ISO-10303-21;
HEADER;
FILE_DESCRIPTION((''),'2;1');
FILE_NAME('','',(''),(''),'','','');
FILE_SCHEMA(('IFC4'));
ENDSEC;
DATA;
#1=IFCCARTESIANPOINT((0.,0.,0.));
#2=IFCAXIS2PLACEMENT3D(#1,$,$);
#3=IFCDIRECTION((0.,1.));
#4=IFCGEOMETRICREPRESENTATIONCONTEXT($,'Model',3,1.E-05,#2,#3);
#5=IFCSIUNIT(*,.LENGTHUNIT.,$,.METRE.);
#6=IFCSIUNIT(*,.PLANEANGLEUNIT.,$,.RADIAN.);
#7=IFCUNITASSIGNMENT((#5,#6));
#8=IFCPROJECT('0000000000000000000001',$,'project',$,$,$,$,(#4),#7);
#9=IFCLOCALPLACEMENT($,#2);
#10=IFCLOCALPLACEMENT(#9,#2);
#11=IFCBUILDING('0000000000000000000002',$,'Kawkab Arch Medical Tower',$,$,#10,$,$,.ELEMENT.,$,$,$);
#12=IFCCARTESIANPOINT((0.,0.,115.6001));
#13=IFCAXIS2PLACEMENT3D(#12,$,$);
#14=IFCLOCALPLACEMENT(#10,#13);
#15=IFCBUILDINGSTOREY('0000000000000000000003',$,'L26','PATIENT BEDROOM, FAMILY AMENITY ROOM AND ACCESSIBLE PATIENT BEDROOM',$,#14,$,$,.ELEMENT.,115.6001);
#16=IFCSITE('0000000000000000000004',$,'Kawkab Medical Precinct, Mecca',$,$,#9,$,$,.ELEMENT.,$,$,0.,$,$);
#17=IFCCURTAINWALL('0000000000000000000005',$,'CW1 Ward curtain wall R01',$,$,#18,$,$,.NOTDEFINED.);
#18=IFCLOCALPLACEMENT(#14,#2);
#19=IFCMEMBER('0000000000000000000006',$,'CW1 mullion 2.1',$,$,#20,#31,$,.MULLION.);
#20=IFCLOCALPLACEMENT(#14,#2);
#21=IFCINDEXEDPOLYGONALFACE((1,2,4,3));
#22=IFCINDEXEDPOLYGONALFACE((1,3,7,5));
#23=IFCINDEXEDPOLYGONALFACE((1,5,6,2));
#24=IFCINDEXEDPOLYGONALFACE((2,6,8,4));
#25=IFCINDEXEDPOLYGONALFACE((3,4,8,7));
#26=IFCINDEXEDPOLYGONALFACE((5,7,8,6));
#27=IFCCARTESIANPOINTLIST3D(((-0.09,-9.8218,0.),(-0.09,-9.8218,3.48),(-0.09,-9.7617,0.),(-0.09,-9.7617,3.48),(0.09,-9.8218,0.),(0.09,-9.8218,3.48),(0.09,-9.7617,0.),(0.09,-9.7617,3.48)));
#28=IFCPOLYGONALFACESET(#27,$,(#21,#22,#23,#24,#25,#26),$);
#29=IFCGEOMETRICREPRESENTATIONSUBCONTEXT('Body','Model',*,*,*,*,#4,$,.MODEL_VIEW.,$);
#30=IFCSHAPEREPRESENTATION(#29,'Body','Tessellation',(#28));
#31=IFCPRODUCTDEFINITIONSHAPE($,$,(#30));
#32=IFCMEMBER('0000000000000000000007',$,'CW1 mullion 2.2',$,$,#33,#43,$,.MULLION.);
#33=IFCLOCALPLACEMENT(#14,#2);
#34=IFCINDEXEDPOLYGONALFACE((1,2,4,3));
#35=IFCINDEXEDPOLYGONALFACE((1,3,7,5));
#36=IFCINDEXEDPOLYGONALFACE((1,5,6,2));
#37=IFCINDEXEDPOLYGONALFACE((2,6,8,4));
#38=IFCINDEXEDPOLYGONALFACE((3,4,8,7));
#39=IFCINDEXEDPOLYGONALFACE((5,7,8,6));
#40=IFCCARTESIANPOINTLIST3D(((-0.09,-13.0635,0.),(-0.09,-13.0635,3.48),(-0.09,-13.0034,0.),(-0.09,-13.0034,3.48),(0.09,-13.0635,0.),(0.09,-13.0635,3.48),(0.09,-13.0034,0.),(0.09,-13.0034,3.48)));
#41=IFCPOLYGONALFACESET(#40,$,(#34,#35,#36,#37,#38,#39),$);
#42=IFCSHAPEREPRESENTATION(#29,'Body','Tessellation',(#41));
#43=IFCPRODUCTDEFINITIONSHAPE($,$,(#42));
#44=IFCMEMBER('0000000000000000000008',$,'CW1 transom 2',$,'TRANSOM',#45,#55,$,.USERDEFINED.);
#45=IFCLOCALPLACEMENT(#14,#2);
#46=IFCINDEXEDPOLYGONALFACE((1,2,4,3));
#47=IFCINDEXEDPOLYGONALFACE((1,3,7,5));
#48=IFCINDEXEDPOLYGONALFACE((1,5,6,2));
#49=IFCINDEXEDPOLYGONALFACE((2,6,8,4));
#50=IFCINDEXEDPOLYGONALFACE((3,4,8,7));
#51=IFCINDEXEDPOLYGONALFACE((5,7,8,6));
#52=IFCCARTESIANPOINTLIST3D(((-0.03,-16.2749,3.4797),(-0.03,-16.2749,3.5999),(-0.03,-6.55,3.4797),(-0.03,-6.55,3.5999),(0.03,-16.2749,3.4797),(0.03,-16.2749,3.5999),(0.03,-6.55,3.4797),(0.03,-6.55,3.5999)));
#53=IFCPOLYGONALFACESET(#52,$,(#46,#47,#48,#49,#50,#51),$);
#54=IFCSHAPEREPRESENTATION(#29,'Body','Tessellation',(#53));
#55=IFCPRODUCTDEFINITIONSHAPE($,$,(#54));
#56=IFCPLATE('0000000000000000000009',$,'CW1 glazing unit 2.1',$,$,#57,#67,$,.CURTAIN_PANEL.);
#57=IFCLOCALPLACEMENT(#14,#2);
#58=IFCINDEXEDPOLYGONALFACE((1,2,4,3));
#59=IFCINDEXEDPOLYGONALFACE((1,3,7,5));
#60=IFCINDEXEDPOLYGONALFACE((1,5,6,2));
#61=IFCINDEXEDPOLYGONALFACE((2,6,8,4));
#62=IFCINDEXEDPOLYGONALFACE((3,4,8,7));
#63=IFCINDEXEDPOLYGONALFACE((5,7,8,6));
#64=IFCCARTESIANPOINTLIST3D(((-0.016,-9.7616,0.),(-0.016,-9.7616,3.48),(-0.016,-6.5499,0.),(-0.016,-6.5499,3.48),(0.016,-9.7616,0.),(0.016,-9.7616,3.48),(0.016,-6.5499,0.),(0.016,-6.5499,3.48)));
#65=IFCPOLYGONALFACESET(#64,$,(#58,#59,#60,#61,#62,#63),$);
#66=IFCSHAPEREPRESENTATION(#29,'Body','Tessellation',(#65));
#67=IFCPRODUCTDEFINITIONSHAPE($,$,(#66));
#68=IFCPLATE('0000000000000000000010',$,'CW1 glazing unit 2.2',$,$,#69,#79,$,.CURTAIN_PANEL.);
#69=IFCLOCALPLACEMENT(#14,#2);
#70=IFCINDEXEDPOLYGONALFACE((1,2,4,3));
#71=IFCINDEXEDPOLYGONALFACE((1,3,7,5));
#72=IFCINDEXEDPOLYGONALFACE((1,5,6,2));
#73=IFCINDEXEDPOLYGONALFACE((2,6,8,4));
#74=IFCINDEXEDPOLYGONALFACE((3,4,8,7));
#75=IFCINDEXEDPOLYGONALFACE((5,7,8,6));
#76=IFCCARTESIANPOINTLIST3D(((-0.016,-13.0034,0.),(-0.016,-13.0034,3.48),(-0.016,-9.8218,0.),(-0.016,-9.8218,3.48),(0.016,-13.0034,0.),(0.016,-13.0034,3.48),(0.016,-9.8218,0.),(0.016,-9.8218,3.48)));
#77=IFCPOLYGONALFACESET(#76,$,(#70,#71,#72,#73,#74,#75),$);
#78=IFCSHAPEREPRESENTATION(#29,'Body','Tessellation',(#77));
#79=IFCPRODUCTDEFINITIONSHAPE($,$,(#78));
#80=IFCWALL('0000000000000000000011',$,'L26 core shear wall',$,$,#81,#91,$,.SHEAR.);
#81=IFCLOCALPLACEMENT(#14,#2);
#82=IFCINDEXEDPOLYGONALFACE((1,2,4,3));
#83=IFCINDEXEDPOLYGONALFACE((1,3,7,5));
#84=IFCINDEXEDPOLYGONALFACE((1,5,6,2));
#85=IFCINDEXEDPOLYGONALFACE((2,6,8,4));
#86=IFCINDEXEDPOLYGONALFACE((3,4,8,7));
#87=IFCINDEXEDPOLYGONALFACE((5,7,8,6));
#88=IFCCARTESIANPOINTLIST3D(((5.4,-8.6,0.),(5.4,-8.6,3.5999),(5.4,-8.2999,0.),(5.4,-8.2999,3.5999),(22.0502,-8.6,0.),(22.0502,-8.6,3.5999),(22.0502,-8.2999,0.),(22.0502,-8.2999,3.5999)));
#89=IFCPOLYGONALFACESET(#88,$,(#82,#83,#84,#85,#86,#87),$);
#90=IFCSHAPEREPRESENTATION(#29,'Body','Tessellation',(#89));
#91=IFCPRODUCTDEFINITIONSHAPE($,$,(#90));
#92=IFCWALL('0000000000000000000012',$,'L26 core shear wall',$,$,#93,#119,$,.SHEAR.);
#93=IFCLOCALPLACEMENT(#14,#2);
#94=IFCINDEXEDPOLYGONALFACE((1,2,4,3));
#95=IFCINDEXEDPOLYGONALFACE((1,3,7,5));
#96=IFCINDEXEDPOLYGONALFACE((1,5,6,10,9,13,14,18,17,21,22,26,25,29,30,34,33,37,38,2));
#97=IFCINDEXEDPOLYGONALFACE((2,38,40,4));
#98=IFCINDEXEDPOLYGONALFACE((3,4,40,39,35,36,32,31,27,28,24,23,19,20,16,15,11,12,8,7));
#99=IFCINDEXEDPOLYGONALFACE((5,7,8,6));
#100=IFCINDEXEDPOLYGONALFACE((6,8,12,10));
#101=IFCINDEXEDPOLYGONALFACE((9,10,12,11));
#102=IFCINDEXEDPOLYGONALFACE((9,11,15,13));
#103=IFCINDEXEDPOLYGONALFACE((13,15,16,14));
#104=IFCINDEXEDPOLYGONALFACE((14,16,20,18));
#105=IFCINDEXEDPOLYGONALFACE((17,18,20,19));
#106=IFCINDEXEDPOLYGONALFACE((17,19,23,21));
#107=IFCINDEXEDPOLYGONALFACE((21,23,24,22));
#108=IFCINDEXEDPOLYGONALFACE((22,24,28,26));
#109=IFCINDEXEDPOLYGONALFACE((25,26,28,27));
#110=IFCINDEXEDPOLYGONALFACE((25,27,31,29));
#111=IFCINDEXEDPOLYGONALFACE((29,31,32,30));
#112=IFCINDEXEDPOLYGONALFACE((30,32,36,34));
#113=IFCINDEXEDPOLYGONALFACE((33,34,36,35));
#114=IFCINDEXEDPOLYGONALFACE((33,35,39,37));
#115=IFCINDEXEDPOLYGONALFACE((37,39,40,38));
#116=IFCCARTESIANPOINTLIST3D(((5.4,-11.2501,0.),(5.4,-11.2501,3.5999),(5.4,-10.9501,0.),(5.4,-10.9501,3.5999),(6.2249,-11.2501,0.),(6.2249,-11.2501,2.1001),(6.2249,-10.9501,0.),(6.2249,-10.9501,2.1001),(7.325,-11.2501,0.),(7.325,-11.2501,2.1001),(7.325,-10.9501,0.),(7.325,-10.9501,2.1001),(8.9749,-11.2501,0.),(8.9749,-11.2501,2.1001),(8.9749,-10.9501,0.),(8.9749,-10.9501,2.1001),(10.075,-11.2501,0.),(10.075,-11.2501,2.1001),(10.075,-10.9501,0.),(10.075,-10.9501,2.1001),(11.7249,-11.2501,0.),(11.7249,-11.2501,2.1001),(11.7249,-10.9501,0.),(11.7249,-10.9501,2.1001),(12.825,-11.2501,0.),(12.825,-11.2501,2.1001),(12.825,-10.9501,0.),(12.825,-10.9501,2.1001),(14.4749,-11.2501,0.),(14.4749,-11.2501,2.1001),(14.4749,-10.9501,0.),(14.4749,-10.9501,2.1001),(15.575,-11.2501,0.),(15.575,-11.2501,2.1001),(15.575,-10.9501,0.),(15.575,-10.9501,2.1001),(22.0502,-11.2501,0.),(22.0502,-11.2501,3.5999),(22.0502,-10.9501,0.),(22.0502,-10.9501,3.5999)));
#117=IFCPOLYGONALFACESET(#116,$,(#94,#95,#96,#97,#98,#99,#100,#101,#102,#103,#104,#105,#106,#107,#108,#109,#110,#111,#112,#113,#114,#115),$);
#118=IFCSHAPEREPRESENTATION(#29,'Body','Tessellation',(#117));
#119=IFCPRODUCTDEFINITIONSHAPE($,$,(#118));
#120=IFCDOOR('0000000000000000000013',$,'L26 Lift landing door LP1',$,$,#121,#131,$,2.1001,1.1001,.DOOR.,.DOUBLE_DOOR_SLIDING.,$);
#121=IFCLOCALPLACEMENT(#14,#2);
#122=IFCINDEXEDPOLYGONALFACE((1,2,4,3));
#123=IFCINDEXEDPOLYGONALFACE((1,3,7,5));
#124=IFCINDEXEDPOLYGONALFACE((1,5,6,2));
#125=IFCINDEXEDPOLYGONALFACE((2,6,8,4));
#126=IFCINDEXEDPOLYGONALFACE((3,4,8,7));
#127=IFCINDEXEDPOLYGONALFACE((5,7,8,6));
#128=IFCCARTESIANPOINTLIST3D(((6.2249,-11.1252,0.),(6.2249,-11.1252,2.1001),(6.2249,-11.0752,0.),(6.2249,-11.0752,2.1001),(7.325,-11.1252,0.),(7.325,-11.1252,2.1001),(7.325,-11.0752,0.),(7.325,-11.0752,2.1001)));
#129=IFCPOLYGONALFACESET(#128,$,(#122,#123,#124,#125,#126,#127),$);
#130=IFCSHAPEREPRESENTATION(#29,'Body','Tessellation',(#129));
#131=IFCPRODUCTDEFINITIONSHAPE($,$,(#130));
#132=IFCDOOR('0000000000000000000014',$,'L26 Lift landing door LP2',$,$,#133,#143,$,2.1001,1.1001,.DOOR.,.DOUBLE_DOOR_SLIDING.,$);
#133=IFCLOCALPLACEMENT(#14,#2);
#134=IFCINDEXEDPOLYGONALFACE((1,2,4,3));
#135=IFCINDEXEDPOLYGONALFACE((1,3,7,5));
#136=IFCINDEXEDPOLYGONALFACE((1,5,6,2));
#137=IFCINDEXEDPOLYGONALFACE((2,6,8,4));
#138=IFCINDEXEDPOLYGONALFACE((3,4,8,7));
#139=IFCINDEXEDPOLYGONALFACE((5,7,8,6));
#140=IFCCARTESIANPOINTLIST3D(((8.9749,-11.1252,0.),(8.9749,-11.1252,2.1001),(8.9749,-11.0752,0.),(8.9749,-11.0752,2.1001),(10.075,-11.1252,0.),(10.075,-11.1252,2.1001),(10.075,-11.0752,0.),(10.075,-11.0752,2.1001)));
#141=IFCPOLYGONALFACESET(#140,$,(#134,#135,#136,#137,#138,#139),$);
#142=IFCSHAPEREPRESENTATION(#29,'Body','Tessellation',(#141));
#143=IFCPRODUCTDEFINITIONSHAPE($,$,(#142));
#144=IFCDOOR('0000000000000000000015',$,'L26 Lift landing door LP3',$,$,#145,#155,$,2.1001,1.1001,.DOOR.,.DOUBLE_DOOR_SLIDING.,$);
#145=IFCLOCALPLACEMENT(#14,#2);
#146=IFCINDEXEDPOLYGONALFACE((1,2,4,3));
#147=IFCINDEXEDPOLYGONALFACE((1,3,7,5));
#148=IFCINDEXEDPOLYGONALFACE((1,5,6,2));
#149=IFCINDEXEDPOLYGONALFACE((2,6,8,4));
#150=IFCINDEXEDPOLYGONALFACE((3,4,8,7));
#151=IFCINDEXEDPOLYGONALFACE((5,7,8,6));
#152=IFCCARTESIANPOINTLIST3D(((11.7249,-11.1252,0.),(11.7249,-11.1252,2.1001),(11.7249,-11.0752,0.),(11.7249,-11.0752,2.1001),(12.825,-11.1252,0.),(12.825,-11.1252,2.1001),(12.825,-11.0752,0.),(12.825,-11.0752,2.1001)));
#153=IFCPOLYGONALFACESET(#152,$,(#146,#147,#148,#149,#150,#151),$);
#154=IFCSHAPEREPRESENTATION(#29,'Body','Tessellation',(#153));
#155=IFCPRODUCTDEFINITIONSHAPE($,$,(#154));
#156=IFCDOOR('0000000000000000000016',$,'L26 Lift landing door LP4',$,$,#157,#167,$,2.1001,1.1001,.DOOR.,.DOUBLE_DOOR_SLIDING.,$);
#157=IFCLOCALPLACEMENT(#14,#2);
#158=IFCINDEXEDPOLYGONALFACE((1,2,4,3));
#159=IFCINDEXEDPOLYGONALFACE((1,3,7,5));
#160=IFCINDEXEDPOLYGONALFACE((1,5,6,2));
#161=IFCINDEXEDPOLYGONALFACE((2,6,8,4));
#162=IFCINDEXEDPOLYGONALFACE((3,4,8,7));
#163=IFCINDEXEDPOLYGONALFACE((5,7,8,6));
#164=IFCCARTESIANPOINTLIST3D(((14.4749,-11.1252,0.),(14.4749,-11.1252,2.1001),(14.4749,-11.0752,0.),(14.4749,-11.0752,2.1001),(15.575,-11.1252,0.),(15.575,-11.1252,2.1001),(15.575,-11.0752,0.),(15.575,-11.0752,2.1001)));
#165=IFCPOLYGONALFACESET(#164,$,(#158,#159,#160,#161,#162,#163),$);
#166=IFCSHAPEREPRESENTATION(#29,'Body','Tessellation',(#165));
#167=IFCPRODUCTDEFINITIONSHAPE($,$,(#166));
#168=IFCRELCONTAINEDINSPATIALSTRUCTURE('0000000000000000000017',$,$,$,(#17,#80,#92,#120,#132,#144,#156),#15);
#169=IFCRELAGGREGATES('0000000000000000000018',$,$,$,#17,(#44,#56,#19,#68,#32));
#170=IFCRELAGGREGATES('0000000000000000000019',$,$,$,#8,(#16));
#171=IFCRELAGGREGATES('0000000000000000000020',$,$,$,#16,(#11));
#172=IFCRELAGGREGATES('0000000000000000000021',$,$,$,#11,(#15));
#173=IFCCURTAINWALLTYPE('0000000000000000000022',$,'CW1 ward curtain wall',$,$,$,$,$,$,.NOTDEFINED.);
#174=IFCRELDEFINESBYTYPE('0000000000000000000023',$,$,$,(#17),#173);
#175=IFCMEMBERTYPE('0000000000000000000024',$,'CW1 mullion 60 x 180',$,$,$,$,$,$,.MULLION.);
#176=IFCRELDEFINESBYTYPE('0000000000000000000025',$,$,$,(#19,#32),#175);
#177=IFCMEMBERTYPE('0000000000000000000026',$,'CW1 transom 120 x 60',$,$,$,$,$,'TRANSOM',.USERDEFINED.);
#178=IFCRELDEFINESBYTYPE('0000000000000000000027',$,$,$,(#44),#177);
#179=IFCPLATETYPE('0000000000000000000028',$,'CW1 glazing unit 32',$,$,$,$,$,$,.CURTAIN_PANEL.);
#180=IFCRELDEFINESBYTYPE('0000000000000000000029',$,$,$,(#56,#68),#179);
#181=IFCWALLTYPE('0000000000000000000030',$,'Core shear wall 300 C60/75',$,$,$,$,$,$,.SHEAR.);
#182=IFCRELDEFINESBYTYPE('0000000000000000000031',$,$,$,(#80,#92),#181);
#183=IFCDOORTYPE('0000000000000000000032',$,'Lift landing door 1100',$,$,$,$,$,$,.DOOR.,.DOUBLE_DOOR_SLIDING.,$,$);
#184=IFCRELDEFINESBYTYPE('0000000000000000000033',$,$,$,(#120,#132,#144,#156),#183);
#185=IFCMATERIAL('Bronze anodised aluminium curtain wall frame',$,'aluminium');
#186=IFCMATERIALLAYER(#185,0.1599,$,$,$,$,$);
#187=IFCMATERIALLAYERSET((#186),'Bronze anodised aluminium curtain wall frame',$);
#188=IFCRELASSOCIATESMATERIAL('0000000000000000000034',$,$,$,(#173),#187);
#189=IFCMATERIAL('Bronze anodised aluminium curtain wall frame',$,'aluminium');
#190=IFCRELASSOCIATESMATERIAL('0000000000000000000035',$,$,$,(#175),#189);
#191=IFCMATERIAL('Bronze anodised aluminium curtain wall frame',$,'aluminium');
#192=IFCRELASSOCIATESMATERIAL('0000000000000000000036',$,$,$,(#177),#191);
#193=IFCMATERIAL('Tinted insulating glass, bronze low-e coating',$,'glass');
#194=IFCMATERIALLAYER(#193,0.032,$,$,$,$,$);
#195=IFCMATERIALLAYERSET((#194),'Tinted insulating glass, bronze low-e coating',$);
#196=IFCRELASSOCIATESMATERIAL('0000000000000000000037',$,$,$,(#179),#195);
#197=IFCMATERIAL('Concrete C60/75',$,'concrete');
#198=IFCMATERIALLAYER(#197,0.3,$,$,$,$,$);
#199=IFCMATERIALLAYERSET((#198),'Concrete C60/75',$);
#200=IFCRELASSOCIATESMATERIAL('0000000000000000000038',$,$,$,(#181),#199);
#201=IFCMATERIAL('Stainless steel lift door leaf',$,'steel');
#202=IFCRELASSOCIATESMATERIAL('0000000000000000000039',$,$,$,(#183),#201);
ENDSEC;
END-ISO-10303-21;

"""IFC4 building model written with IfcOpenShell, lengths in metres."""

from ifc_helpers import new_model, si_unit, direction, frame, frame_2d, origin, origin_2d, place, context, subcontext, project, spatial, rectangle, extrude, material, layer, layer_set, material_profile, profile_set, type_object, element, fill, aggregate, save


model = new_model("IFC4")

# Units and contexts
model_context = context("Model", 3, precision=1e-05, world=origin(), true_north=direction((0.0, 1.0)))
body_context = subcontext(model_context, "Body", "Model", "MODEL_VIEW")
ifc_project = project(units=[si_unit("LENGTHUNIT", "METRE"), si_unit("PLANEANGLEUNIT", "RADIAN")], contexts=[model_context])

# Site, building, storey
site_placement = place(None, origin())
site = spatial("IfcSite", under=ifc_project, at=site_placement, Name="Kawkab Medical Precinct, Mecca", CompositionType="ELEMENT", RefElevation=0.0)
building_placement = place(site_placement, origin())
building = spatial("IfcBuilding", under=site, at=building_placement, Name="Kawkab Arch Medical Tower", CompositionType="ELEMENT")
storey_placement = place(building_placement, frame((0.0, 0.0, 115.6001)))
storey = spatial("IfcBuildingStorey", under=building, at=storey_placement, Name="L26", Description="PATIENT BEDROOM, FAMILY AMENITY ROOM AND ACCESSIBLE PATIENT BEDROOM", CompositionType="ELEMENT", Elevation=115.6001)

# Curtain wall, members, plates
ifc_material_1 = material(Name="Bronze anodised aluminium curtain wall frame", Category="aluminium")
ifc_layer_1 = layer(ifc_material_1, 0.1599)
ifc_layer_set_1 = layer_set([ifc_layer_1], Name="Bronze anodised aluminium curtain wall frame")
curtain_wall_type = type_object("IfcCurtainWallType", Name="CW1 ward curtain wall", PredefinedType="NOTDEFINED", material=ifc_layer_set_1)
placement = place(storey_placement, origin())
curtain_wall = element("IfcCurtainWall", 1, at=placement, inside=storey, type_object=curtain_wall_type, Name="CW1 Ward curtain wall R01", PredefinedType="NOTDEFINED")
ifc_material_2 = material(Name="Bronze anodised aluminium curtain wall frame", Category="aluminium")
ifc_material_profile_1 = material_profile(ifc_material_2, rectangle(XDim=0.1799, YDim=0.0601, at=origin_2d()), Name="AL 60x180")
ifc_profile_set_1 = profile_set([ifc_material_profile_1], Name="Bronze anodised aluminium curtain wall frame")
member_type_1 = type_object("IfcMemberType", Name="CW1 mullion 60 x 180", PredefinedType="MULLION", material=ifc_profile_set_1)
member_1_placement = place(storey_placement, frame((0.0, -9.7917, 0.0), z_axis=(0.0, 0.0, 1.0), x_axis=(1.0, 0.0, 0.0)))
member_1 = element("IfcMember", 2, at=member_1_placement, type_object=member_type_1, Name="CW1 mullion 2.1", PredefinedType="MULLION", context=body_context, shape_type="SweptSolid", body=[
    extrude(rectangle(XDim=0.1799, YDim=0.0601, at=origin_2d()), origin(), (0.0, 0.0, 1.0), 3.48),
])
member_2_placement = place(storey_placement, frame((0.0, -13.0334, 0.0), z_axis=(0.0, 0.0, 1.0), x_axis=(1.0, 0.0, 0.0)))
member_2 = element("IfcMember", 3, at=member_2_placement, type_object=member_type_1, Name="CW1 mullion 2.2", PredefinedType="MULLION", context=body_context, shape_type="SweptSolid", body=[
    extrude(rectangle(XDim=0.1799, YDim=0.0601, at=origin_2d()), origin(), (0.0, 0.0, 1.0), 3.48),
])
ifc_material_3 = material(Name="Bronze anodised aluminium curtain wall frame", Category="aluminium")
ifc_material_profile_2 = material_profile(ifc_material_3, rectangle(XDim=0.0601, YDim=0.1201, at=origin_2d()), Name="AL 60x120")
ifc_profile_set_2 = profile_set([ifc_material_profile_2], Name="Bronze anodised aluminium curtain wall frame")
member_type_2 = type_object("IfcMemberType", Name="CW1 transom 120 x 60", ElementType="TRANSOM", PredefinedType="USERDEFINED", material=ifc_profile_set_2)
member_3_placement = place(storey_placement, frame((0.0, -6.55, 3.5398), z_axis=(0.0, -1.0, 0.0), x_axis=(1.0, 0.0, 0.0)))
member_3 = element("IfcMember", 4, at=member_3_placement, type_object=member_type_2, Name="CW1 transom 2", ObjectType="TRANSOM", PredefinedType="USERDEFINED", context=body_context, shape_type="SweptSolid", body=[
    extrude(rectangle(XDim=0.0601, YDim=0.1201, at=origin_2d()), origin(), (0.0, 0.0, 1.0), 9.7249),
])
ifc_material_4 = material(Name="Tinted insulating glass, bronze low-e coating", Category="glass")
ifc_layer_2 = layer(ifc_material_4, 0.032)
ifc_layer_set_2 = layer_set([ifc_layer_2], Name="Tinted insulating glass, bronze low-e coating")
plate_type = type_object("IfcPlateType", Name="CW1 glazing unit 32", PredefinedType="CURTAIN_PANEL", material=ifc_layer_set_2)
plate_1_placement = place(storey_placement, frame((0.0, -8.1558, 0.0), z_axis=(0.0, 0.0, 1.0), x_axis=(0.0, -1.0, 0.0)))
plate_1 = element("IfcPlate", 5, at=plate_1_placement, type_object=plate_type, Name="CW1 glazing unit 2.1", PredefinedType="CURTAIN_PANEL", context=body_context, shape_type="SweptSolid", body=[
    extrude(rectangle(XDim=3.2117, YDim=0.032, at=origin_2d()), origin(), (0.0, 0.0, 1.0), 3.48),
])
plate_2_placement = place(storey_placement, frame((0.0, -11.4126, 0.0), z_axis=(0.0, 0.0, 1.0), x_axis=(0.0, -1.0, 0.0)))
plate_2 = element("IfcPlate", 6, at=plate_2_placement, type_object=plate_type, Name="CW1 glazing unit 2.2", PredefinedType="CURTAIN_PANEL", context=body_context, shape_type="SweptSolid", body=[
    extrude(rectangle(XDim=3.1816, YDim=0.032, at=origin_2d()), origin(), (0.0, 0.0, 1.0), 3.48),
])
aggregate(curtain_wall, [member_3, plate_1, member_1, plate_2, member_2])

# Wall
ifc_material_5 = material(Name="Concrete C60/75", Category="concrete")
ifc_layer_3 = layer(ifc_material_5, 0.3)
ifc_layer_set_3 = layer_set([ifc_layer_3], Name="Concrete C60/75")
wall_type = type_object("IfcWallType", Name="Core shear wall 300 C60/75", PredefinedType="SHEAR", material=ifc_layer_set_3)
wall_1_placement = place(storey_placement, frame((5.3999, -8.45, 0.0), z_axis=(0.0, 0.0, 1.0), x_axis=(1.0, 0.0, 0.0)))
element("IfcWall", 7, at=wall_1_placement, inside=storey, type_object=wall_type, Name="L26 core shear wall", PredefinedType="SHEAR", context=body_context, shape_type="SweptSolid", body=[
    extrude(rectangle(XDim=16.6501, YDim=0.3, at=frame_2d((8.3252, 0.0))), origin(), (0.0, 0.0, 1.0), 3.5999),
])

# Wall, openings, doors
wall_2_placement = place(storey_placement, frame((5.3999, -11.1001, 0.0), z_axis=(0.0, 0.0, 1.0), x_axis=(1.0, 0.0, 0.0)))
wall_2 = element("IfcWall", 8, at=wall_2_placement, inside=storey, type_object=wall_type, Name="L26 core shear wall", PredefinedType="SHEAR", context=body_context, shape_type="SweptSolid", body=[
    extrude(rectangle(XDim=16.6501, YDim=0.3, at=frame_2d((8.3252, 0.0))), origin(), (0.0, 0.0, 1.0), 3.5999),
])
opening_1_placement = place(wall_2_placement, frame((0.825, 0.0, 0.0)))
opening_1 = element("IfcOpeningElement", 9, at=opening_1_placement, cuts=wall_2, PredefinedType="OPENING", context=body_context, shape_type="SweptSolid", body=[
    extrude(rectangle(XDim=1.1001, YDim=2.1001, at=frame_2d((0.55, 1.05))), frame((0.0, 0.1599, 0.0), z_axis=(0.0, -1.0, 0.0), x_axis=(1.0, 0.0, 0.0)), (0.0, 0.0, 1.0), 0.3201),
])
opening_2_placement = place(wall_2_placement, frame((3.575, 0.0, 0.0)))
opening_2 = element("IfcOpeningElement", 10, at=opening_2_placement, cuts=wall_2, PredefinedType="OPENING", context=body_context, shape_type="SweptSolid", body=[
    extrude(rectangle(XDim=1.1001, YDim=2.1001, at=frame_2d((0.55, 1.05))), frame((0.0, 0.1599, 0.0), z_axis=(0.0, -1.0, 0.0), x_axis=(1.0, 0.0, 0.0)), (0.0, 0.0, 1.0), 0.3201),
])
opening_3_placement = place(wall_2_placement, frame((6.325, 0.0, 0.0)))
opening_3 = element("IfcOpeningElement", 11, at=opening_3_placement, cuts=wall_2, PredefinedType="OPENING", context=body_context, shape_type="SweptSolid", body=[
    extrude(rectangle(XDim=1.1001, YDim=2.1001, at=frame_2d((0.55, 1.05))), frame((0.0, 0.1599, 0.0), z_axis=(0.0, -1.0, 0.0), x_axis=(1.0, 0.0, 0.0)), (0.0, 0.0, 1.0), 0.3201),
])
opening_4_placement = place(wall_2_placement, frame((9.075, 0.0, 0.0)))
opening_4 = element("IfcOpeningElement", 12, at=opening_4_placement, cuts=wall_2, PredefinedType="OPENING", context=body_context, shape_type="SweptSolid", body=[
    extrude(rectangle(XDim=1.1001, YDim=2.1001, at=frame_2d((0.55, 1.05))), frame((0.0, 0.1599, 0.0), z_axis=(0.0, -1.0, 0.0), x_axis=(1.0, 0.0, 0.0)), (0.0, 0.0, 1.0), 0.3201),
])
ifc_material_6 = material(Name="Stainless steel lift door leaf", Category="steel")
door_type = type_object("IfcDoorType", Name="Lift landing door 1100", OperationType="DOUBLE_DOOR_SLIDING", PredefinedType="DOOR", material=ifc_material_6)
door_1_placement = place(opening_1_placement, origin())
door_1 = element("IfcDoor", 13, at=door_1_placement, inside=storey, type_object=door_type, Name="L26 Lift landing door LP1", OperationType="DOUBLE_DOOR_SLIDING", OverallHeight=2.1001, OverallWidth=1.1001, PredefinedType="DOOR", context=body_context, shape_type="SweptSolid", body=[
    extrude(rectangle(XDim=1.1001, YDim=2.1001, at=frame_2d((0.55, 1.05))), frame((0.0, 0.0249, 0.0), z_axis=(0.0, -1.0, 0.0), x_axis=(1.0, 0.0, 0.0)), (0.0, 0.0, 1.0), 0.05),
])
fill(opening_1, door_1)
door_2_placement = place(opening_2_placement, origin())
door_2 = element("IfcDoor", 14, at=door_2_placement, inside=storey, type_object=door_type, Name="L26 Lift landing door LP2", OperationType="DOUBLE_DOOR_SLIDING", OverallHeight=2.1001, OverallWidth=1.1001, PredefinedType="DOOR", context=body_context, shape_type="SweptSolid", body=[
    extrude(rectangle(XDim=1.1001, YDim=2.1001, at=frame_2d((0.55, 1.05))), frame((0.0, 0.0249, 0.0), z_axis=(0.0, -1.0, 0.0), x_axis=(1.0, 0.0, 0.0)), (0.0, 0.0, 1.0), 0.05),
])
fill(opening_2, door_2)
door_3_placement = place(opening_3_placement, origin())
door_3 = element("IfcDoor", 15, at=door_3_placement, inside=storey, type_object=door_type, Name="L26 Lift landing door LP3", OperationType="DOUBLE_DOOR_SLIDING", OverallHeight=2.1001, OverallWidth=1.1001, PredefinedType="DOOR", context=body_context, shape_type="SweptSolid", body=[
    extrude(rectangle(XDim=1.1001, YDim=2.1001, at=frame_2d((0.55, 1.05))), frame((0.0, 0.0249, 0.0), z_axis=(0.0, -1.0, 0.0), x_axis=(1.0, 0.0, 0.0)), (0.0, 0.0, 1.0), 0.05),
])
fill(opening_3, door_3)
door_4_placement = place(opening_4_placement, origin())
door_4 = element("IfcDoor", 16, at=door_4_placement, inside=storey, type_object=door_type, Name="L26 Lift landing door LP4", OperationType="DOUBLE_DOOR_SLIDING", OverallHeight=2.1001, OverallWidth=1.1001, PredefinedType="DOOR", context=body_context, shape_type="SweptSolid", body=[
    extrude(rectangle(XDim=1.1001, YDim=2.1001, at=frame_2d((0.55, 1.05))), frame((0.0, 0.0249, 0.0), z_axis=(0.0, -1.0, 0.0), x_axis=(1.0, 0.0, 0.0)), (0.0, 0.0, 1.0), 0.05),
])
fill(opening_4, door_4)

save(model, "model.ifc")
